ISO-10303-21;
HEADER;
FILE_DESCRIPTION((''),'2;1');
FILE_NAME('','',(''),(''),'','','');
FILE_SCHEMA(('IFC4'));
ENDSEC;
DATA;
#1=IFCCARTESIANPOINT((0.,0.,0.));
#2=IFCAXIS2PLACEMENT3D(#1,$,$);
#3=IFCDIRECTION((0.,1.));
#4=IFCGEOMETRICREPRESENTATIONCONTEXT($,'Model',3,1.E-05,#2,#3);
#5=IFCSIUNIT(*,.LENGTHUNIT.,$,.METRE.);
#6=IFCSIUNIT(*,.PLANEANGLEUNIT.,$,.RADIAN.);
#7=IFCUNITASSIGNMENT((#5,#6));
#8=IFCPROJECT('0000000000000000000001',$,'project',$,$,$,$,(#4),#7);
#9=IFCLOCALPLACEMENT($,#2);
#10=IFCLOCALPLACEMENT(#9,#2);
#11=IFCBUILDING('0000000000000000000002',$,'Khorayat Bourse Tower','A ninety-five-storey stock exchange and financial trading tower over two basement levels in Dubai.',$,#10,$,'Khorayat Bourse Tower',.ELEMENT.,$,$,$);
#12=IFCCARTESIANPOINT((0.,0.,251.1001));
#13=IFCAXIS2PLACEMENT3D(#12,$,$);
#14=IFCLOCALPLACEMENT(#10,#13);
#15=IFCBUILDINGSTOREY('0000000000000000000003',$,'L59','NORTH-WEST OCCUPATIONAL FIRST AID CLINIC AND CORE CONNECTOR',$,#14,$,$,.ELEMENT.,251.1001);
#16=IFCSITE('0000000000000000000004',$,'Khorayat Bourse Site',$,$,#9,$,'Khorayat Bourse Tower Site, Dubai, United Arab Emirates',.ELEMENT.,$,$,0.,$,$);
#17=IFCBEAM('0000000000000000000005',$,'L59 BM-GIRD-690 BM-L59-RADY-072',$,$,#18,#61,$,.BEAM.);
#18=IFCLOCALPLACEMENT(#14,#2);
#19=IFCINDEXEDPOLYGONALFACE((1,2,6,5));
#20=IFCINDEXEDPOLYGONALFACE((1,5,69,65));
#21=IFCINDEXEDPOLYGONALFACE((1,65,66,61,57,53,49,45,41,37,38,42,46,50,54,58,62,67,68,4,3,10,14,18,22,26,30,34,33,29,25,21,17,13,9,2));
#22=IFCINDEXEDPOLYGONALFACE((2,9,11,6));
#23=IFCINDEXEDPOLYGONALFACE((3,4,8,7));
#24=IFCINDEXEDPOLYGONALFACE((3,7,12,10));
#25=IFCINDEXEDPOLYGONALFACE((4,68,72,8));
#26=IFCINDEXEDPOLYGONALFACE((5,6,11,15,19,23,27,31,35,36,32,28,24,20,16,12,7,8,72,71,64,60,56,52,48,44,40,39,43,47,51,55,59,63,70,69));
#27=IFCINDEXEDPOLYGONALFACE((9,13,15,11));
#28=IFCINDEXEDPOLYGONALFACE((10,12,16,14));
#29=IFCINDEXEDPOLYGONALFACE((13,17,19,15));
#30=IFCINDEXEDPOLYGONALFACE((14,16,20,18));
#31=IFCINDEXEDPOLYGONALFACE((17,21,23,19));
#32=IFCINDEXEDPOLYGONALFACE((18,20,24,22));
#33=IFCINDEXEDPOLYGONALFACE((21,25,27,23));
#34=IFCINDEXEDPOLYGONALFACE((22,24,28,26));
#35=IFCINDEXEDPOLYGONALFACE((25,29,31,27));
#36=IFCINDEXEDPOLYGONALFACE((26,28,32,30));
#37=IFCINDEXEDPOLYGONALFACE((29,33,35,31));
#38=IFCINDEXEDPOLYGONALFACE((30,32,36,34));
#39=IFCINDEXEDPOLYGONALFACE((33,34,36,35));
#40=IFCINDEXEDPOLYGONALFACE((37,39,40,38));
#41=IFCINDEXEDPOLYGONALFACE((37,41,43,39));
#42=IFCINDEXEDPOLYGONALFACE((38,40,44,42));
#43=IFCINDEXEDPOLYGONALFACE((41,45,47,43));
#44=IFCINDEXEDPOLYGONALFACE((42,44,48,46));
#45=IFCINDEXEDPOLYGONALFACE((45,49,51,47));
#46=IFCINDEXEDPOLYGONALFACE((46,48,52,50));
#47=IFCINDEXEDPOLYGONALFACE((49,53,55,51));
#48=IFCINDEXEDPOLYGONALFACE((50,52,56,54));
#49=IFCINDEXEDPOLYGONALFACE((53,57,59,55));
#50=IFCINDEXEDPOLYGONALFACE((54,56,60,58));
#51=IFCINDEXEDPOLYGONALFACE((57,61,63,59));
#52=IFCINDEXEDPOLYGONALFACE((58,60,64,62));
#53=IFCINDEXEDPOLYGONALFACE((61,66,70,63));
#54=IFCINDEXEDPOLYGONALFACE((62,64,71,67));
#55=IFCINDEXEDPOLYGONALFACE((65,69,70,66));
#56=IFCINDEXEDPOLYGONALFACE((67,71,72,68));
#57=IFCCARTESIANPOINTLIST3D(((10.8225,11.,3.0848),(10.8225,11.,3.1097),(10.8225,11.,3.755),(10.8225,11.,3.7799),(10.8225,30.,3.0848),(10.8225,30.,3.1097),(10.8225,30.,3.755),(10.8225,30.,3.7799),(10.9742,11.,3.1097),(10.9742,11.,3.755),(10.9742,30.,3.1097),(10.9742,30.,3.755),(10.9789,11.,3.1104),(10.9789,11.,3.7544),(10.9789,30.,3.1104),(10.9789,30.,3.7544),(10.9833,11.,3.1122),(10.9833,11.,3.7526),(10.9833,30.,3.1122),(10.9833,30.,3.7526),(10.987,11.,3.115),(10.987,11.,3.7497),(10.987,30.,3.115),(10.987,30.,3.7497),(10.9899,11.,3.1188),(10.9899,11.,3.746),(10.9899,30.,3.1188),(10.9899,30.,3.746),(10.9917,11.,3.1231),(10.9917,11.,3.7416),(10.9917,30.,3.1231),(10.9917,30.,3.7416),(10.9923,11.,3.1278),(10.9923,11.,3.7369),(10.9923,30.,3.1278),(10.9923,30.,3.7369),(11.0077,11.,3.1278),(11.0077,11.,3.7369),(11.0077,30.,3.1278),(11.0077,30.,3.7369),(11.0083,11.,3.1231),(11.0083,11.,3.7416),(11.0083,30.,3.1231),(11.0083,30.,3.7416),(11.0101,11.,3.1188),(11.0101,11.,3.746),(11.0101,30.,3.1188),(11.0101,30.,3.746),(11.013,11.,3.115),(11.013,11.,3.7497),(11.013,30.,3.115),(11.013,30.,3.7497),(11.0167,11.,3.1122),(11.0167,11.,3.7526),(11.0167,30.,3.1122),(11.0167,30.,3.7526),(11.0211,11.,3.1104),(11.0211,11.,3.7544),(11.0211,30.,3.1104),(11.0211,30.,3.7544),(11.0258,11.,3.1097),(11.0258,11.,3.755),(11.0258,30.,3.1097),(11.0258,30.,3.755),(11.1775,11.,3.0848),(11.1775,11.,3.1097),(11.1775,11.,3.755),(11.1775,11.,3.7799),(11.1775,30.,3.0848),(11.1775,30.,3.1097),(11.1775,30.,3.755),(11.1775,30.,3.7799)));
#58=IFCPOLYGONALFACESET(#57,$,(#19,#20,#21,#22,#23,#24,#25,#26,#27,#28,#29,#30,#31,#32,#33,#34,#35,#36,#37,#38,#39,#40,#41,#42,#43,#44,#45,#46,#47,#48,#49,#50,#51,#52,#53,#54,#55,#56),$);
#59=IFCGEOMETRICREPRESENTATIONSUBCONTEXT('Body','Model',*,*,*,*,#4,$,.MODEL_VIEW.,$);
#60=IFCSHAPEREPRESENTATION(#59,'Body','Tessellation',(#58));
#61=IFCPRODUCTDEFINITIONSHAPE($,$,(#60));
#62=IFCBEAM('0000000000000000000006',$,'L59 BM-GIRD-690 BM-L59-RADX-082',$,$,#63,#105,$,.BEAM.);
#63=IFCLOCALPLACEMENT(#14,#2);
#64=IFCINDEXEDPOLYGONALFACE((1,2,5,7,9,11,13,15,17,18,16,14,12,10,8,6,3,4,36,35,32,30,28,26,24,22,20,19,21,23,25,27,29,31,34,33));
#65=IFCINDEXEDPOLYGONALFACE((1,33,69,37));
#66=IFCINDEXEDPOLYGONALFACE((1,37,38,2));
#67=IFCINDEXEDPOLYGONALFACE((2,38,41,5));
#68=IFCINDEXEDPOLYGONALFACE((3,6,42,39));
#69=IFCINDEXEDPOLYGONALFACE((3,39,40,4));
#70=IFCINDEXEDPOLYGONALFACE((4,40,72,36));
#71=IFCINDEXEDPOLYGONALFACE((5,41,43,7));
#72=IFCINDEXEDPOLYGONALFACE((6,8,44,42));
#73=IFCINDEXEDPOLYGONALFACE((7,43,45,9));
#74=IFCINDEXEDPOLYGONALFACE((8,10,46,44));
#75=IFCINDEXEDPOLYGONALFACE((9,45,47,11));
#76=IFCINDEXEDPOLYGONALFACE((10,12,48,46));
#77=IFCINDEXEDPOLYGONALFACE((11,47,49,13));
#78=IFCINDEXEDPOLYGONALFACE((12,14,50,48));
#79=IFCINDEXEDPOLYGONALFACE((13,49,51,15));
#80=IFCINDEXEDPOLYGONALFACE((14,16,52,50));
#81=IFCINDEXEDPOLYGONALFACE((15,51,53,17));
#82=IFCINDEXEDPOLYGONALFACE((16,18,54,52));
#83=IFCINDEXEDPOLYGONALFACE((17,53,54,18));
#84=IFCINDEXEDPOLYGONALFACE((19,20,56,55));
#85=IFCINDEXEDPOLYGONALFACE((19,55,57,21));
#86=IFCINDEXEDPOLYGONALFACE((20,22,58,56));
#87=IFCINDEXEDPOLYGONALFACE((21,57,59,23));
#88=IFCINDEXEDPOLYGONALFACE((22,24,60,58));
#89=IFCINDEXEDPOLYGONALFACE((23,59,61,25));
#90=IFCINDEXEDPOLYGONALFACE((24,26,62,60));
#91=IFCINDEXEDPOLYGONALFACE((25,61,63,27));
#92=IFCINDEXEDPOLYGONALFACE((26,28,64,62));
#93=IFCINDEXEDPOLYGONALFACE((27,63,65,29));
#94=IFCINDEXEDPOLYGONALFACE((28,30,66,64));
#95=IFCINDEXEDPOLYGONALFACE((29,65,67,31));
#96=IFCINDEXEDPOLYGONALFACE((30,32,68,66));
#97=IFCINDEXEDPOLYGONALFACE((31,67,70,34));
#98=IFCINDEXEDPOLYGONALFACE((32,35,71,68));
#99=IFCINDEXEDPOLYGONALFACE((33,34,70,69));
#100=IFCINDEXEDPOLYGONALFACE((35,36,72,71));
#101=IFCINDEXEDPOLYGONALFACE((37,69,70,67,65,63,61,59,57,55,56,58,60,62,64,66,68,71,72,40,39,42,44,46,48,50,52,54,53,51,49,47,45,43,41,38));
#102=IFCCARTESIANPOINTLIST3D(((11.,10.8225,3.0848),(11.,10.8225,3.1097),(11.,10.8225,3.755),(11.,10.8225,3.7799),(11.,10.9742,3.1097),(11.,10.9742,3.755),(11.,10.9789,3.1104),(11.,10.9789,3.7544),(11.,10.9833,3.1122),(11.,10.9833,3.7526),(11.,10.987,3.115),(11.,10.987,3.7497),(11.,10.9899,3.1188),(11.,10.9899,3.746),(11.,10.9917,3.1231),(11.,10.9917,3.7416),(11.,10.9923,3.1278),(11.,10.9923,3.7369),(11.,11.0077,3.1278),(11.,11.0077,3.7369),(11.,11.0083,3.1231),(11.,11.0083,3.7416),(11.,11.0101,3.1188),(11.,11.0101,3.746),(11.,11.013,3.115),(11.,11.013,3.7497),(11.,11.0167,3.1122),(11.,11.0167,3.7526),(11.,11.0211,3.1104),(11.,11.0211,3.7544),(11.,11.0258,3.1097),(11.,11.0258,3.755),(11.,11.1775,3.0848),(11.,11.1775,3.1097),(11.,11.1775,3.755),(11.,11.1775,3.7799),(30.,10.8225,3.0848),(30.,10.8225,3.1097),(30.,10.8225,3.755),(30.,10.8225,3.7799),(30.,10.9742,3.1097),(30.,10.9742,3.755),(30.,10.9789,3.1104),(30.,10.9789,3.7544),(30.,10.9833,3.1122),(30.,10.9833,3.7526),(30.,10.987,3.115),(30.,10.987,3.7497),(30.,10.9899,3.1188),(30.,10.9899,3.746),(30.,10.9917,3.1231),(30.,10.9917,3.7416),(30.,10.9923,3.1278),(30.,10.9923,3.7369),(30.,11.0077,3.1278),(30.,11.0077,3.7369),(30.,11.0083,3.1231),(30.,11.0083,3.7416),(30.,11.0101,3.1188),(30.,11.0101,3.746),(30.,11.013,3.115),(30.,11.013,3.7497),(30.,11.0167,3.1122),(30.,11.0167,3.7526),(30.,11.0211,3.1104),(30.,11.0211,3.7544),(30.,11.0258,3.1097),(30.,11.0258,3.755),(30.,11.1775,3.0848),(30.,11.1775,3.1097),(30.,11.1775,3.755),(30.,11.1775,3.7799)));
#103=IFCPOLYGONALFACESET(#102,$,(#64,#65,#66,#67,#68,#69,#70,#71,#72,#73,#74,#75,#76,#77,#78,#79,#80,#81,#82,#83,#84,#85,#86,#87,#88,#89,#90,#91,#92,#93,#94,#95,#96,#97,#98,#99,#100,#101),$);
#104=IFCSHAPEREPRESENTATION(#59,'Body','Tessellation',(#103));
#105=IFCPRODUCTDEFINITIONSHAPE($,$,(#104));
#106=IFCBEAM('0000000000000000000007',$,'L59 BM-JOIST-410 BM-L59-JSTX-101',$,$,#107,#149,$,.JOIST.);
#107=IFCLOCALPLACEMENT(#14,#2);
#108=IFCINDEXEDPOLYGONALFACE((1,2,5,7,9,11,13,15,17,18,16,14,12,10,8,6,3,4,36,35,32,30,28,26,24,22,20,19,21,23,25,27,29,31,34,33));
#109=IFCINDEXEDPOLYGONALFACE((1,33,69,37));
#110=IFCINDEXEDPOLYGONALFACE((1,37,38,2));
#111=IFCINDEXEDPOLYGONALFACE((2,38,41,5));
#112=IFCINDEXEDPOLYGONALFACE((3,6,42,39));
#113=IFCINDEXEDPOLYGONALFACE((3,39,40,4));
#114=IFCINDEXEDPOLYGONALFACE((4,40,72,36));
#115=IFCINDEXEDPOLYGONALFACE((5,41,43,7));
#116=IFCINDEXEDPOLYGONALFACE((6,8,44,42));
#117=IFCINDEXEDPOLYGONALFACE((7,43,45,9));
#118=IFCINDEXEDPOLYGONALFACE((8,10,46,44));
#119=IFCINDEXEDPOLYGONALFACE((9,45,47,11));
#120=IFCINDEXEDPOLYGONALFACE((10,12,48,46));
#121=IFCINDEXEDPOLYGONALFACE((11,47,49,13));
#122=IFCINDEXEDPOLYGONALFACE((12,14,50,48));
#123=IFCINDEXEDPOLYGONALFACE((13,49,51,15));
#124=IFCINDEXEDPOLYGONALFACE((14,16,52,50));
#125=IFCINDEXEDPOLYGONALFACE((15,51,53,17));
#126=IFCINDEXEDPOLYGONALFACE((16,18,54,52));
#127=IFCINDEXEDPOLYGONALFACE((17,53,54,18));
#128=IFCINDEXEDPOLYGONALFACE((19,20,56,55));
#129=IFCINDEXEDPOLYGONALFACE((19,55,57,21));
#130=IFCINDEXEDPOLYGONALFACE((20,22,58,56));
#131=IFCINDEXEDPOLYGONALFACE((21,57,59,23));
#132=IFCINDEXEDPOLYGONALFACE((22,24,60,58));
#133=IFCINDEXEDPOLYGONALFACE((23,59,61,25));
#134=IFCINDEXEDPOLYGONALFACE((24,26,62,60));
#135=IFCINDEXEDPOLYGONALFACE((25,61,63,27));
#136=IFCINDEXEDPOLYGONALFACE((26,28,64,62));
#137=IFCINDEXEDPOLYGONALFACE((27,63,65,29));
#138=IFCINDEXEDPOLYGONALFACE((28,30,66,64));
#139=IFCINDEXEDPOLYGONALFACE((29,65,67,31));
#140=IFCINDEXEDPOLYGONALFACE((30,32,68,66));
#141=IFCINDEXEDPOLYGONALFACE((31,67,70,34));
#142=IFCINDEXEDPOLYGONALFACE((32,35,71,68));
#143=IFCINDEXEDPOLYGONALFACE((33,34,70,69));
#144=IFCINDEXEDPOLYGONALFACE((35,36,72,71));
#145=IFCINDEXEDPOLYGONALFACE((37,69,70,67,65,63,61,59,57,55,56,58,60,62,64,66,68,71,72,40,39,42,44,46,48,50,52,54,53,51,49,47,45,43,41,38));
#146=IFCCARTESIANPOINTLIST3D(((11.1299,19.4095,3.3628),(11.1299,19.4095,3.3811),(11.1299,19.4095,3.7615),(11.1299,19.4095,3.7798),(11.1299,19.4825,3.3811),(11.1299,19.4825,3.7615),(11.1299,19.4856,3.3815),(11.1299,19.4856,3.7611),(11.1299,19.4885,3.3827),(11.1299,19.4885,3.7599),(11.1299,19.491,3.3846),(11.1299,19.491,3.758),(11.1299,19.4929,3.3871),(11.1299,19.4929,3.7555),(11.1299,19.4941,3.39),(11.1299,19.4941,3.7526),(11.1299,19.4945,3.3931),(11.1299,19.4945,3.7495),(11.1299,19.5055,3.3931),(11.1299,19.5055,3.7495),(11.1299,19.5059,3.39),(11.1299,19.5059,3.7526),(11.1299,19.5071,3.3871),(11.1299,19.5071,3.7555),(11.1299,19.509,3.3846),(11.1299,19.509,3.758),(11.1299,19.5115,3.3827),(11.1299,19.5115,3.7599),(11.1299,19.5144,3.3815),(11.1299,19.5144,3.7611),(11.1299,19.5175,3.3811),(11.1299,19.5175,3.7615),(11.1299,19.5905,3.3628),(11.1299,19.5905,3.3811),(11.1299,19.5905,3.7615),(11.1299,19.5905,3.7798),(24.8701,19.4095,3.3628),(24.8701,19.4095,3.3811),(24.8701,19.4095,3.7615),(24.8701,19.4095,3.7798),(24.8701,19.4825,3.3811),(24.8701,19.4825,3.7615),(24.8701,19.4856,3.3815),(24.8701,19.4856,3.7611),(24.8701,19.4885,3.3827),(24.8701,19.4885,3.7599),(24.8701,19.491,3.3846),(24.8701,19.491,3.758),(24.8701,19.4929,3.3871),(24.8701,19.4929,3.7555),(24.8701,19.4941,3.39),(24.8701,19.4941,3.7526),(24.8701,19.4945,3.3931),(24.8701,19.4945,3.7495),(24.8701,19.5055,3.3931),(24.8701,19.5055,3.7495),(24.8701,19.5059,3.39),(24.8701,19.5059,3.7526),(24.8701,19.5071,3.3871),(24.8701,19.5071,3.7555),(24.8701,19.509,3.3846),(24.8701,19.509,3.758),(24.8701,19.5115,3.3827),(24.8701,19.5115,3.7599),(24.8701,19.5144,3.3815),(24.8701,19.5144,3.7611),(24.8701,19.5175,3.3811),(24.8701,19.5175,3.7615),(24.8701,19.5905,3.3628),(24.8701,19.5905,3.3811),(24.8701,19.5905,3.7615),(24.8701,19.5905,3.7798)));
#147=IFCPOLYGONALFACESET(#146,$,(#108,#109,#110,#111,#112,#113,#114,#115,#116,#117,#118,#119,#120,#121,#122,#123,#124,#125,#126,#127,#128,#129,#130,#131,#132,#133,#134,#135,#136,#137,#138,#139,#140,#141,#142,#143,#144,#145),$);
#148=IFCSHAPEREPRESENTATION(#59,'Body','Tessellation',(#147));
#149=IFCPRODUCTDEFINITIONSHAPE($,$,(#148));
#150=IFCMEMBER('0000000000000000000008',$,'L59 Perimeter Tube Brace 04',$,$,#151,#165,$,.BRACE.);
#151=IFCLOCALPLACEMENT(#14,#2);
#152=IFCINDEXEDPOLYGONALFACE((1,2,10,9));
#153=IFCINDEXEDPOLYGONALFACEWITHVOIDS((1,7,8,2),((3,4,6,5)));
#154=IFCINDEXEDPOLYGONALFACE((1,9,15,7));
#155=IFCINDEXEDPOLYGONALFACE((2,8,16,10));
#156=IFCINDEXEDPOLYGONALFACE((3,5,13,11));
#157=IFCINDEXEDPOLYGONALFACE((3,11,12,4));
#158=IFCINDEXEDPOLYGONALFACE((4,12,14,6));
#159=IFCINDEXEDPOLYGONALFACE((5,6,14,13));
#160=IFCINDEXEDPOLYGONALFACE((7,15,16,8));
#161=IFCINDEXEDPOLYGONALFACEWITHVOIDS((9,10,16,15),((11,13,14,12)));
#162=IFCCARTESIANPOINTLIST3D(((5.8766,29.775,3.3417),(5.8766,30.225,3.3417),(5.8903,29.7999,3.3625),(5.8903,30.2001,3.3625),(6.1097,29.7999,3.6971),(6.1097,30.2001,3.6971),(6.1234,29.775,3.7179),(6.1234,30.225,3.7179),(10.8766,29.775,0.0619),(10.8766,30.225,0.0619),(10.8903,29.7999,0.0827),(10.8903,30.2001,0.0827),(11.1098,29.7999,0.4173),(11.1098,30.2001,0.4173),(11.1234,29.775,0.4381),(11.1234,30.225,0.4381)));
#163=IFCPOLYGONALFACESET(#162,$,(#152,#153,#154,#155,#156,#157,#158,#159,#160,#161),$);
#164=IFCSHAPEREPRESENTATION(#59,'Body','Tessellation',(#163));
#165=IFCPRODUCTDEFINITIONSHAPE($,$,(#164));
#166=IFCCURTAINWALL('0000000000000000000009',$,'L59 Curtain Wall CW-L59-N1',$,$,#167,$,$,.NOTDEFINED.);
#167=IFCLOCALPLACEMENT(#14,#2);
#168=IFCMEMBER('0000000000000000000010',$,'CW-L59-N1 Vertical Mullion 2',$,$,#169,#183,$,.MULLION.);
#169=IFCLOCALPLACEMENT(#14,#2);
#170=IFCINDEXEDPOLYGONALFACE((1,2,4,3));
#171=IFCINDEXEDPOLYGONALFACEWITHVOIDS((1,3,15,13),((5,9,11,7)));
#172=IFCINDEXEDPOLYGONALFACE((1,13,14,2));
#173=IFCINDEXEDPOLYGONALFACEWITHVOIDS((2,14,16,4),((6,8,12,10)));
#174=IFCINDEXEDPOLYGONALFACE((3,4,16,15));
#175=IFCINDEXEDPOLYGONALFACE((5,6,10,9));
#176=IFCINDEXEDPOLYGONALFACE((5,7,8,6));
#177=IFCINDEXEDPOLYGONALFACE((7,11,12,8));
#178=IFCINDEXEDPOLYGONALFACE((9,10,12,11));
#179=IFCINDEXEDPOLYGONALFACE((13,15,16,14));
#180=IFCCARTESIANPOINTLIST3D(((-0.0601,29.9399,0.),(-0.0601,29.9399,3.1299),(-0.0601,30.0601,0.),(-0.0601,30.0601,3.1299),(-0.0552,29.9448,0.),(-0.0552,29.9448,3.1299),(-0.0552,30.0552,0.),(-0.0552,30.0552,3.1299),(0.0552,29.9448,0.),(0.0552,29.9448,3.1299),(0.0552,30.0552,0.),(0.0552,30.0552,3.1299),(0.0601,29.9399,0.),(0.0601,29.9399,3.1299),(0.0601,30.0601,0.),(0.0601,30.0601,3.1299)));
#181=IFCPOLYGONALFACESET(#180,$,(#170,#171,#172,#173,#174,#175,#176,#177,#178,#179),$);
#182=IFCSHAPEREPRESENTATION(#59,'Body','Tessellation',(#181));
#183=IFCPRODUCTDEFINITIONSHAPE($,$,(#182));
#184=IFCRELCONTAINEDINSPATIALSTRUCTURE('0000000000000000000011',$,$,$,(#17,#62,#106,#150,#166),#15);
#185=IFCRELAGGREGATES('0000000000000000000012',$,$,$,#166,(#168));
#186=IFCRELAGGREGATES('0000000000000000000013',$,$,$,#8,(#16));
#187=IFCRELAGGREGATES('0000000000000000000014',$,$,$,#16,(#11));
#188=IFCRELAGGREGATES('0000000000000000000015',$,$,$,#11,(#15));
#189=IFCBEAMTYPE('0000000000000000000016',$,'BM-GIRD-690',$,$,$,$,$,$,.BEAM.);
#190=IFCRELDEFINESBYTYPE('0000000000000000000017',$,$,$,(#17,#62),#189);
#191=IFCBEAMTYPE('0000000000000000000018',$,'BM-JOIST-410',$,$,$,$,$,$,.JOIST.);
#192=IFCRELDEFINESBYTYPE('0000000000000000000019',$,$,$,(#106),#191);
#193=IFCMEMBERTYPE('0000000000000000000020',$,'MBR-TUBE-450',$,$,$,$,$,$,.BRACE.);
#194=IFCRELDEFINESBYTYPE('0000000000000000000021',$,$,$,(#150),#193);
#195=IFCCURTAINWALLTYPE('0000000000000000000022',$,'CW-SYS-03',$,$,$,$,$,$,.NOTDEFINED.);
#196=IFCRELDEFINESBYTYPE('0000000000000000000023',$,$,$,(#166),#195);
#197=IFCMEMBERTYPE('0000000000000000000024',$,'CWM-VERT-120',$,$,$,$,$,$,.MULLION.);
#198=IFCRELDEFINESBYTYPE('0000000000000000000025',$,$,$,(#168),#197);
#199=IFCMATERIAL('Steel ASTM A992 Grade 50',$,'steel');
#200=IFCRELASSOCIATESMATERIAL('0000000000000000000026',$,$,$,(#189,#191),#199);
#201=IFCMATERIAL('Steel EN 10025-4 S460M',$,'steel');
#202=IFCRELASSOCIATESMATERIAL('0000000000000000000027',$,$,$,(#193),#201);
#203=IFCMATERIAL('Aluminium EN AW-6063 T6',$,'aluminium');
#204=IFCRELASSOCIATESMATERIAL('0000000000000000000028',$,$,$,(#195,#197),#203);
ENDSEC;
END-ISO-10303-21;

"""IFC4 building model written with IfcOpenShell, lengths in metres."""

from ifc_helpers import new_model, si_unit, direction, frame, origin, origin_2d, place, context, subcontext, project, spatial, hollow_rectangle, i_section, extrude, source, transform, mapped, material, material_profile, profile_set, type_object, element, aggregate, save


model = new_model("IFC4")

# Units and contexts
model_context = context("Model", 3, precision=1e-05, world=origin(), true_north=direction((0.0, 1.0)))
body_context = subcontext(model_context, "Body", "Model", "MODEL_VIEW")
ifc_project = project(units=[si_unit("LENGTHUNIT", "METRE"), si_unit("PLANEANGLEUNIT", "RADIAN")], contexts=[model_context])

# Site, building, storey
site_placement = place(None, origin())
site = spatial("IfcSite", under=ifc_project, at=site_placement, Name="Khorayat Bourse Site", LongName="Khorayat Bourse Tower Site, Dubai, United Arab Emirates", CompositionType="ELEMENT", RefElevation=0.0)
building_placement = place(site_placement, origin())
building = spatial("IfcBuilding", under=site, at=building_placement, Name="Khorayat Bourse Tower", Description="A ninety-five-storey stock exchange and financial trading tower over two basement levels in Dubai.", LongName="Khorayat Bourse Tower", CompositionType="ELEMENT")
storey_placement = place(building_placement, frame((0.0, 0.0, 251.1001)))
storey = spatial("IfcBuildingStorey", under=building, at=storey_placement, Name="L59", Description="NORTH-WEST OCCUPATIONAL FIRST AID CLINIC AND CORE CONNECTOR", CompositionType="ELEMENT", Elevation=251.1001)

# Shared definitions
ifc_material_1 = material(Name="Steel EN 10025-4 S460M", Category="steel")

# Beams
ifc_material_2 = material(Name="Steel ASTM A992 Grade 50", Category="steel")
ifc_material_profile_1 = material_profile(ifc_material_2, i_section(OverallWidth=0.355, OverallDepth=0.6951, WebThickness=0.0154, FlangeThickness=0.0249, FilletRadius=0.0181, at=origin_2d()), Name="W690X217")
ifc_profile_set_1 = profile_set([ifc_material_profile_1], Name="Steel ASTM A992 Grade 50")
beam_type_1 = type_object("IfcBeamType", Name="BM-GIRD-690", PredefinedType="BEAM", material=ifc_profile_set_1)
shared_shape_1 = source(origin(), body_context, "Body", "SweptSolid", [
    extrude(i_section(OverallWidth=0.355, OverallDepth=0.6951, WebThickness=0.0154, FlangeThickness=0.0249, FilletRadius=0.0181, at=origin_2d()), origin(), (0.0, 0.0, 1.0), 19.0),
])
for number, where, z_axis, x_axis, name in (
    (1, (11.0, 11.0, 3.4324), (0.0, 1.0, 0.0), (-1.0, 0.0, 0.0), "L59 BM-GIRD-690 BM-L59-RADY-072"),
    (2, (11.0, 11.0, 3.4324), (1.0, 0.0, 0.0), (0.0, 1.0, 0.0), "L59 BM-GIRD-690 BM-L59-RADX-082"),
):
    element("IfcBeam", number, at=place(storey_placement, frame(where, z_axis=z_axis, x_axis=x_axis)), inside=storey, type_object=beam_type_1, Name=name, PredefinedType="BEAM", context=body_context, shape_type="MappedRepresentation", body=[
        mapped(shared_shape_1, transform((0.0, 0.0, 0.0), scale=1.0)),
    ])
ifc_material_profile_2 = material_profile(ifc_material_2, i_section(OverallWidth=0.1809, OverallDepth=0.417, WebThickness=0.011, FlangeThickness=0.0183, FilletRadius=0.012, at=origin_2d()), Name="W410X85")
ifc_profile_set_2 = profile_set([ifc_material_profile_2], Name="Steel ASTM A992 Grade 50")
beam_type_2 = type_object("IfcBeamType", Name="BM-JOIST-410", PredefinedType="JOIST", material=ifc_profile_set_2)
shared_shape_2 = source(origin(), body_context, "Body", "SweptSolid", [
    extrude(i_section(OverallWidth=0.1809, OverallDepth=0.417, WebThickness=0.011, FlangeThickness=0.0183, FilletRadius=0.012, at=origin_2d()), origin(), (0.0, 0.0, 1.0), 13.7402),
])
beam_1_placement = place(storey_placement, frame((11.1299, 19.5, 3.5713), z_axis=(1.0, 0.0, 0.0), x_axis=(0.0, 1.0, 0.0)))
element("IfcBeam", 3, at=beam_1_placement, inside=storey, type_object=beam_type_2, Name="L59 BM-JOIST-410 BM-L59-JSTX-101", PredefinedType="JOIST", context=body_context, shape_type="MappedRepresentation", body=[
    mapped(shared_shape_2, transform((0.0, 0.0, 0.0), scale=1.0)),
])

# Member
ifc_material_profile_3 = material_profile(ifc_material_1, hollow_rectangle(XDim=0.45, YDim=0.45, WallThickness=0.0249, at=origin_2d()), Name="HSS 450x450x25")
ifc_profile_set_3 = profile_set([ifc_material_profile_3], Name="Steel EN 10025-4 S460M")
member_type_1 = type_object("IfcMemberType", Name="MBR-TUBE-450", PredefinedType="BRACE", material=ifc_profile_set_3)
shared_shape_3 = source(origin(), body_context, "Body", "SweptSolid", [
    extrude(hollow_rectangle(XDim=0.45, YDim=0.45, WallThickness=0.0249, at=origin_2d()), origin(), (0.0, 0.0, 1.0), 5.9797),
])
member_1_placement = place(storey_placement, frame((6.0, 30.0, 3.5298), z_axis=(0.83616, 0.0, -0.548485), x_axis=(0.0, 1.0, 0.0)))
element("IfcMember", 4, at=member_1_placement, inside=storey, type_object=member_type_1, Name="L59 Perimeter Tube Brace 04", PredefinedType="BRACE", context=body_context, shape_type="MappedRepresentation", body=[
    mapped(shared_shape_3, transform((0.0, 0.0, 0.0), scale=1.0)),
])

# Curtain wall, member
ifc_material_3 = material(Name="Aluminium EN AW-6063 T6", Category="aluminium")
curtain_wall_type = type_object("IfcCurtainWallType", Name="CW-SYS-03", PredefinedType="NOTDEFINED", material=ifc_material_3)
curtain_wall_placement = place(storey_placement, origin())
curtain_wall = element("IfcCurtainWall", 5, at=curtain_wall_placement, inside=storey, type_object=curtain_wall_type, Name="L59 Curtain Wall CW-L59-N1", PredefinedType="NOTDEFINED")
ifc_material_profile_4 = material_profile(ifc_material_3, hollow_rectangle(XDim=0.1201, YDim=0.1201, WallThickness=0.0049, at=origin_2d()), Name="ALU 120x120x5")
ifc_profile_set_4 = profile_set([ifc_material_profile_4], Name="Aluminium EN AW-6063 T6")
member_type_2 = type_object("IfcMemberType", Name="CWM-VERT-120", PredefinedType="MULLION", material=ifc_profile_set_4)
shared_shape_4 = source(origin(), body_context, "Body", "SweptSolid", [
    extrude(hollow_rectangle(XDim=0.1201, YDim=0.1201, WallThickness=0.0049, at=origin_2d()), origin(), (0.0, 0.0, 1.0), 3.1299),
])
member_2_placement = place(storey_placement, frame((0.0, 30.0, 0.0), z_axis=(0.0, 0.0, 1.0), x_axis=(0.0, 1.0, 0.0)))
member_2 = element("IfcMember", 6, at=member_2_placement, type_object=member_type_2, Name="CW-L59-N1 Vertical Mullion 2", PredefinedType="MULLION", context=body_context, shape_type="MappedRepresentation", body=[
    mapped(shared_shape_4, transform((0.0, 0.0, 0.0), scale=1.0)),
])

aggregate(curtain_wall, [member_2])

save(model, "model.ifc")
